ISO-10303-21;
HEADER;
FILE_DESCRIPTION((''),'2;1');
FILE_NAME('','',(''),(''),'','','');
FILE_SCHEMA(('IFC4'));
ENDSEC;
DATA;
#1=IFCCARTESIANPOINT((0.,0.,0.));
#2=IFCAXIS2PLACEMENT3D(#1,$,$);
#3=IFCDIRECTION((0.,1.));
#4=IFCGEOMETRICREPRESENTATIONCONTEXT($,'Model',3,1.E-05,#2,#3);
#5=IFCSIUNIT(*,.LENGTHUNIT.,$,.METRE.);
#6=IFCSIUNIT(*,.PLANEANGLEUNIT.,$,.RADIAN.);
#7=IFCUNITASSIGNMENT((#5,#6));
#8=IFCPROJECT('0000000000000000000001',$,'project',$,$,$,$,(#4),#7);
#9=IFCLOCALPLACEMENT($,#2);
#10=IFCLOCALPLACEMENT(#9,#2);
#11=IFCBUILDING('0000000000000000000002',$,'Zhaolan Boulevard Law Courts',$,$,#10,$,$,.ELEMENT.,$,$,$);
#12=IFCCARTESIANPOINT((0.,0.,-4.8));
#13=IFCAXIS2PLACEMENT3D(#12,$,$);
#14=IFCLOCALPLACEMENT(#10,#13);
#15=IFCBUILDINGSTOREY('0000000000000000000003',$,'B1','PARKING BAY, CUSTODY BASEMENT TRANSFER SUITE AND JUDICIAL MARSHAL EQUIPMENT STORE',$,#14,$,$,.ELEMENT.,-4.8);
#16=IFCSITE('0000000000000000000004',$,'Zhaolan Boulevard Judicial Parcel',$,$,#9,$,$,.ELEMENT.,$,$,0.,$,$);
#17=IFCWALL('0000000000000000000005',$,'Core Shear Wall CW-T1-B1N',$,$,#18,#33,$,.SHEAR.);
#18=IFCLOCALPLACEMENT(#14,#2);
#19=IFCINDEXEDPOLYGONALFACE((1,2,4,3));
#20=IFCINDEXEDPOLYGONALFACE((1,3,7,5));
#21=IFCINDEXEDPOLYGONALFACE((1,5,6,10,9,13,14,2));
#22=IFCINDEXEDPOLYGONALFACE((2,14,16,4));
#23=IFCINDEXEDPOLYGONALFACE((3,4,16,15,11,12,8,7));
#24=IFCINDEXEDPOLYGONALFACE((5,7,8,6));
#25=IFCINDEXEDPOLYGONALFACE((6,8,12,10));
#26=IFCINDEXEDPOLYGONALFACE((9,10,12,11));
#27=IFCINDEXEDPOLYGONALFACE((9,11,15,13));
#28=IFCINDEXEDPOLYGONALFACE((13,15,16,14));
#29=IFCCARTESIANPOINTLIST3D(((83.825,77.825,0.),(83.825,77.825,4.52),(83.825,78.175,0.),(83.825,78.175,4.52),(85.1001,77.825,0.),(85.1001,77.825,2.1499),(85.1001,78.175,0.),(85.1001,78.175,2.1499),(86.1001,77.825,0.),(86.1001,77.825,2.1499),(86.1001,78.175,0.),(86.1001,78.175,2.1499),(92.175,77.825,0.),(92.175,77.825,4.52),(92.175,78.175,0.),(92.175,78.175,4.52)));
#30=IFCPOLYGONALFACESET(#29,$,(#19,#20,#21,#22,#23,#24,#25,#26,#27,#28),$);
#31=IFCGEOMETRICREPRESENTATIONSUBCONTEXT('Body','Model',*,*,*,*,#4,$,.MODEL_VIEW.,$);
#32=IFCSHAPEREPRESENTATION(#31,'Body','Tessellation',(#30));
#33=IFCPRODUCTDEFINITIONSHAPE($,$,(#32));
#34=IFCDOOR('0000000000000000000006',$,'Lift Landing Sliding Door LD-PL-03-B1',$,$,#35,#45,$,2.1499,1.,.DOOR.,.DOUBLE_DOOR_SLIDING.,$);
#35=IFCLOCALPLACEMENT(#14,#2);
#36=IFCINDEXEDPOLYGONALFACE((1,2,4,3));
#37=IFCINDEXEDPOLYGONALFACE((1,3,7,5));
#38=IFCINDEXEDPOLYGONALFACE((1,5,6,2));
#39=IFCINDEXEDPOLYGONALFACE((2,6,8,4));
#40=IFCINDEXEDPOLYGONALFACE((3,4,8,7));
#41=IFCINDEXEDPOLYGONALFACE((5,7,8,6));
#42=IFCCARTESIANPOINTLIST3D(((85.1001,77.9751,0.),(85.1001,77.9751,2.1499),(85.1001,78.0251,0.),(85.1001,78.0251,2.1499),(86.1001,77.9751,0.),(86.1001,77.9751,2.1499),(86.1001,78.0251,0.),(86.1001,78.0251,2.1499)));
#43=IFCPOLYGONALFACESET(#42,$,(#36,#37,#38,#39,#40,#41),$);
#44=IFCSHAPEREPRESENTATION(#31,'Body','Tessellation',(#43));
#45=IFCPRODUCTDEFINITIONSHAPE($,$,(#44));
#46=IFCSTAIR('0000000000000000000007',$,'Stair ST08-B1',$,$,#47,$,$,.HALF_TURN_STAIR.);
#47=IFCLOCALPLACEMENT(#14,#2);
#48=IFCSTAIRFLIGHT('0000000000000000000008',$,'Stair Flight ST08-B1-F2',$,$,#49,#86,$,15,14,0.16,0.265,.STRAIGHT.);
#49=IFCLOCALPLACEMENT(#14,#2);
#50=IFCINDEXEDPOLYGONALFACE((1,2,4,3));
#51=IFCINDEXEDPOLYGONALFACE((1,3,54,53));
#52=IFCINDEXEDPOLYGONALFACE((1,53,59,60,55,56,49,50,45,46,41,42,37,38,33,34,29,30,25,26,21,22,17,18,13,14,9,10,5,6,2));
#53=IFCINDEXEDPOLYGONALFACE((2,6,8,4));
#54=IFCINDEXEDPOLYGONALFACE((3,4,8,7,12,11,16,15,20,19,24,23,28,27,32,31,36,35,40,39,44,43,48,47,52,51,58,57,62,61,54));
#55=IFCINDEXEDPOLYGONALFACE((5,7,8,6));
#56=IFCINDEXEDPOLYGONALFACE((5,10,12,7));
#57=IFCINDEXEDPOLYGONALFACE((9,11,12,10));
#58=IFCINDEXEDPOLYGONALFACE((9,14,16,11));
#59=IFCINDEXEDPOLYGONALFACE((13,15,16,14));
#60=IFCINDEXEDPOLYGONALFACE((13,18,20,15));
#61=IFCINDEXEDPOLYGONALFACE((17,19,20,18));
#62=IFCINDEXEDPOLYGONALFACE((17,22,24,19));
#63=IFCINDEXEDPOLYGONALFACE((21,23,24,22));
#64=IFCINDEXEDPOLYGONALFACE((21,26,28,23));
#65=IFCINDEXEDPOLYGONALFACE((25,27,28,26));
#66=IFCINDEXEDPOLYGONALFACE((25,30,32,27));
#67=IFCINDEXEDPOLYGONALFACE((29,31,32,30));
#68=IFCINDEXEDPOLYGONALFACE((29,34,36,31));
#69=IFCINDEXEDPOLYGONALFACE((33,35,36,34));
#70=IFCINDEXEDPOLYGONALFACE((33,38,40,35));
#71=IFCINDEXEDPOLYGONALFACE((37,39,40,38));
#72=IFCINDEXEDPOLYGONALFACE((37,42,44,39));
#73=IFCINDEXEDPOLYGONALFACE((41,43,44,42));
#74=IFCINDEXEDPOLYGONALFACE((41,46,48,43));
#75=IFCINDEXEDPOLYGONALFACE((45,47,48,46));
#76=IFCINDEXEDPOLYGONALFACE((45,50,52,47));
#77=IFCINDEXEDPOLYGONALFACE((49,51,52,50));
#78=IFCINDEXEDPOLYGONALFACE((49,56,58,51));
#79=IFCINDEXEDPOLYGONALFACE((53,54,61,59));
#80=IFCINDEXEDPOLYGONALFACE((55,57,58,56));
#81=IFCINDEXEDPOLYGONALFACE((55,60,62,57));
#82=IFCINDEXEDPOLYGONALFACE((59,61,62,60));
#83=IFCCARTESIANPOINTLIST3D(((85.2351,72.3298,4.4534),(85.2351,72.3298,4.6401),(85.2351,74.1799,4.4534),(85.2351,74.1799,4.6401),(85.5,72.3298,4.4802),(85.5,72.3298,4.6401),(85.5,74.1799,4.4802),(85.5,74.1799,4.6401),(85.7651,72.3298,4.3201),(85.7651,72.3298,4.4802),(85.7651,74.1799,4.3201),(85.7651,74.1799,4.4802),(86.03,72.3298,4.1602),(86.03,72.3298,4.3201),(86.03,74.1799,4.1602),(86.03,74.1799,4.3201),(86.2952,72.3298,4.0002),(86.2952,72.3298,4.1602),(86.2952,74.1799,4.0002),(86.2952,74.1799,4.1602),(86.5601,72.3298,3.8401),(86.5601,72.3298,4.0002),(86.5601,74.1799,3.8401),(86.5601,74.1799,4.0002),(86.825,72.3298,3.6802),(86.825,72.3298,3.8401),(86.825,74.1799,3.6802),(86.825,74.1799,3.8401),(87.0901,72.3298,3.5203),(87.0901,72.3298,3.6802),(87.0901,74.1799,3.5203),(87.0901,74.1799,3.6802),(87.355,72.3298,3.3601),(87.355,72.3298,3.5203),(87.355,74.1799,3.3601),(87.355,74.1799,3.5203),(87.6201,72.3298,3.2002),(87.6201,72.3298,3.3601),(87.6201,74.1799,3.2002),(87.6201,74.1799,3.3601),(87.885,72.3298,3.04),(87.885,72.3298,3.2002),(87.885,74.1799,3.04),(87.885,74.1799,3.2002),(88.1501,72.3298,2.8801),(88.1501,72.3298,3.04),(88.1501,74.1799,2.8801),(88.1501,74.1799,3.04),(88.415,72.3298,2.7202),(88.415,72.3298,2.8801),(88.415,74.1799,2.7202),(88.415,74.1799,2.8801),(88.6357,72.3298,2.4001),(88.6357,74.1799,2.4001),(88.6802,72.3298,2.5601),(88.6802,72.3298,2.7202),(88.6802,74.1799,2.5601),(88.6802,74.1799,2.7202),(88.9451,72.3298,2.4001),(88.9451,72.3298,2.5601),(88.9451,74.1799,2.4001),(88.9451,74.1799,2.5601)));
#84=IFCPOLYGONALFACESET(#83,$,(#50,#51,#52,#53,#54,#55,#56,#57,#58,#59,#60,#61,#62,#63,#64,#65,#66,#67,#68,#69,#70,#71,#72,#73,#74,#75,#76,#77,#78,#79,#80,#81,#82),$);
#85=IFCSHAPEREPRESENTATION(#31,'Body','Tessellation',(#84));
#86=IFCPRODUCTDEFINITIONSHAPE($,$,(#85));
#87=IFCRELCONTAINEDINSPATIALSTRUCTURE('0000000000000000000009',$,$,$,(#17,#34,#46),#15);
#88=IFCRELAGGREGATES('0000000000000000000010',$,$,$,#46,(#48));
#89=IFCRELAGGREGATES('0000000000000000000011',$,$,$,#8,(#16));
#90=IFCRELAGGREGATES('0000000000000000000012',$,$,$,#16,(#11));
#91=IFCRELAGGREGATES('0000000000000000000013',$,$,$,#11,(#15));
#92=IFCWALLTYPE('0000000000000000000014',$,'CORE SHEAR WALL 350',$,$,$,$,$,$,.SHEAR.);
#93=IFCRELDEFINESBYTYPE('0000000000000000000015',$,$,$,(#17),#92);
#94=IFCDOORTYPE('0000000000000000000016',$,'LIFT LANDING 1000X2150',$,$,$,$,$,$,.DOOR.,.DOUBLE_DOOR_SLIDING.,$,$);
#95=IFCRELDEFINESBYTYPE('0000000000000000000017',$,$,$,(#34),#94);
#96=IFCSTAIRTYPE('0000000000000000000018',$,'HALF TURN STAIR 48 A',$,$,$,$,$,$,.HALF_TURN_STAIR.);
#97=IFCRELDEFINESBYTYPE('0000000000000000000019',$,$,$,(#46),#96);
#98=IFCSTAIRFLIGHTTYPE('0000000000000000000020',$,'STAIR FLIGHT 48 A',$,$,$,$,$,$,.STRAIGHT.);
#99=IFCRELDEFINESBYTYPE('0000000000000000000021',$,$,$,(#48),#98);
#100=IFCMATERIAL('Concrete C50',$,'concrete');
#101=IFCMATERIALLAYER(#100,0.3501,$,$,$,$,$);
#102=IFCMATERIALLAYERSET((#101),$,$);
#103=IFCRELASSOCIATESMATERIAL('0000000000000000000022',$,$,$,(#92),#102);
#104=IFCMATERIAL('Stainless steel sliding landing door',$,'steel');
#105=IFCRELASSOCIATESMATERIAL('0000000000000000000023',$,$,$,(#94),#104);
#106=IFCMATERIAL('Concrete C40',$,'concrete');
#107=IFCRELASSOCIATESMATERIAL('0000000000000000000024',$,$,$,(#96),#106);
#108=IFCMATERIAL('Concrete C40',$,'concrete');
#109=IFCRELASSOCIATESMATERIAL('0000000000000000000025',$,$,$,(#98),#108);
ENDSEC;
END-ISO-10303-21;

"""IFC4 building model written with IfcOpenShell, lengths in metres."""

from ifc_helpers import new_model, si_unit, direction, frame, frame_2d, origin, place, context, subcontext, project, spatial, polyline, rectangle, outline, extrude, material, layer, layer_set, type_object, element, fill, aggregate, save


model = new_model("IFC4")

# Units and contexts
model_context = context("Model", 3, precision=1e-05, world=origin(), true_north=direction((0.0, 1.0)))
body_context = subcontext(model_context, "Body", "Model", "MODEL_VIEW")
ifc_project = project(units=[si_unit("LENGTHUNIT", "METRE"), si_unit("PLANEANGLEUNIT", "RADIAN")], contexts=[model_context])

# Site, building, storey
site_placement = place(None, origin())
site = spatial("IfcSite", under=ifc_project, at=site_placement, Name="Zhaolan Boulevard Judicial Parcel", CompositionType="ELEMENT", RefElevation=0.0)
building_placement = place(site_placement, origin())
building = spatial("IfcBuilding", under=site, at=building_placement, Name="Zhaolan Boulevard Law Courts", CompositionType="ELEMENT")
storey_placement = place(building_placement, frame((0.0, 0.0, -4.8)))
storey = spatial("IfcBuildingStorey", under=building, at=storey_placement, Name="B1", Description="PARKING BAY, CUSTODY BASEMENT TRANSFER SUITE AND JUDICIAL MARSHAL EQUIPMENT STORE", CompositionType="ELEMENT", Elevation=-4.8)

# Wall, opening, door
ifc_material_1 = material(Name="Concrete C50", Category="concrete")
ifc_layer_1 = layer(ifc_material_1, 0.3501)
ifc_layer_set_1 = layer_set([ifc_layer_1])
wall_type = type_object("IfcWallType", Name="CORE SHEAR WALL 350", PredefinedType="SHEAR", material=ifc_layer_set_1)
wall_placement = place(storey_placement, frame((92.175, 78.0, 0.0), z_axis=(0.0, 0.0, 1.0), x_axis=(-1.0, 0.0, 0.0)))
wall = element("IfcWall", 1, at=wall_placement, inside=storey, type_object=wall_type, Name="Core Shear Wall CW-T1-B1N", PredefinedType="SHEAR", context=body_context, shape_type="SweptSolid", body=[
    extrude(rectangle(XDim=8.3501, YDim=0.3501, at=frame_2d((4.175, 0.0))), origin(), (0.0, 0.0, 1.0), 4.52),
])
opening_placement = place(wall_placement, frame((6.075, 0.0, 0.0)))
opening = element("IfcOpeningElement", 2, at=opening_placement, cuts=wall, PredefinedType="OPENING", context=body_context, shape_type="SweptSolid", body=[
    extrude(rectangle(XDim=1.0, YDim=2.1499, at=frame_2d((0.5, 1.075))), frame((0.0, 0.1851, 0.0), z_axis=(0.0, -1.0, 0.0), x_axis=(1.0, 0.0, 0.0)), (0.0, 0.0, 1.0), 0.3701),
])
ifc_material_2 = material(Name="Stainless steel sliding landing door", Category="steel")
door_type = type_object("IfcDoorType", Name="LIFT LANDING 1000X2150", OperationType="DOUBLE_DOOR_SLIDING", PredefinedType="DOOR", material=ifc_material_2)
door_placement = place(opening_placement, origin())
door = element("IfcDoor", 3, at=door_placement, inside=storey, type_object=door_type, Name="Lift Landing Sliding Door LD-PL-03-B1", OperationType="DOUBLE_DOOR_SLIDING", OverallHeight=2.1499, OverallWidth=1.0, PredefinedType="DOOR", context=body_context, shape_type="SweptSolid", body=[
    extrude(rectangle(XDim=1.0, YDim=2.1499, at=frame_2d((0.5, 1.075))), frame((0.0, 0.0249, 0.0), z_axis=(0.0, -1.0, 0.0), x_axis=(1.0, 0.0, 0.0)), (0.0, 0.0, 1.0), 0.05),
])
fill(opening, door)

# Stair, stair flight
ifc_material_3 = material(Name="Concrete C40", Category="concrete")
stair_type = type_object("IfcStairType", Name="HALF TURN STAIR 48 A", PredefinedType="HALF_TURN_STAIR", material=ifc_material_3)
stair_placement = place(storey_placement, origin())
stair = element("IfcStair", 4, at=stair_placement, inside=storey, type_object=stair_type, Name="Stair ST08-B1", PredefinedType="HALF_TURN_STAIR")
ifc_material_4 = material(Name="Concrete C40", Category="concrete")
stair_flight_type = type_object("IfcStairFlightType", Name="STAIR FLIGHT 48 A", PredefinedType="STRAIGHT", material=ifc_material_4)
stair_flight_placement = place(storey_placement, frame((88.9451, 73.2549, 2.4001), z_axis=(0.0, 0.0, 1.0), x_axis=(-1.0, 0.0, 0.0)))
stair_flight = element("IfcStairFlight", 5, at=stair_flight_placement, type_object=stair_flight_type, Name="Stair Flight ST08-B1-F2", NumberOfRisers=15, NumberOfTreads=14, PredefinedType="STRAIGHT", RiserHeight=0.16, TreadLength=0.265, context=body_context, shape_type="SweptSolid", body=[
    extrude(outline(polyline([(0.0, 0.0), (0.0, 0.1599), (0.2649, 0.1599), (0.2649, 0.3201), (0.53, 0.3201), (0.53, 0.48), (0.7949, 0.48), (0.7949, 0.6399), (1.0601, 0.6399), (1.0601, 0.8), (1.325, 0.8), (1.325, 0.96), (1.5901, 0.96), (1.5901, 1.1201), (1.855, 1.1201), (1.855, 1.28), (2.1201, 1.28), (2.1201, 1.4399), (2.385, 1.4399), (2.385, 1.6001), (2.6499, 1.6001), (2.6499, 1.76), (2.915, 1.76), (2.915, 1.9199), (3.1799, 1.9199), (3.1799, 2.0801), (3.4451, 2.0801), (3.4451, 2.24), (3.71, 2.24), (3.71, 2.3999), (3.71, 2.0532), (0.3093, 0.0), (0.0, 0.0)])), frame((0.0, 0.925, 0.0), z_axis=(0.0, -1.0, 0.0), x_axis=(1.0, 0.0, 0.0)), (0.0, 0.0, 1.0), 1.8501),
])
aggregate(stair, [stair_flight])

save(model, "model.ifc")
